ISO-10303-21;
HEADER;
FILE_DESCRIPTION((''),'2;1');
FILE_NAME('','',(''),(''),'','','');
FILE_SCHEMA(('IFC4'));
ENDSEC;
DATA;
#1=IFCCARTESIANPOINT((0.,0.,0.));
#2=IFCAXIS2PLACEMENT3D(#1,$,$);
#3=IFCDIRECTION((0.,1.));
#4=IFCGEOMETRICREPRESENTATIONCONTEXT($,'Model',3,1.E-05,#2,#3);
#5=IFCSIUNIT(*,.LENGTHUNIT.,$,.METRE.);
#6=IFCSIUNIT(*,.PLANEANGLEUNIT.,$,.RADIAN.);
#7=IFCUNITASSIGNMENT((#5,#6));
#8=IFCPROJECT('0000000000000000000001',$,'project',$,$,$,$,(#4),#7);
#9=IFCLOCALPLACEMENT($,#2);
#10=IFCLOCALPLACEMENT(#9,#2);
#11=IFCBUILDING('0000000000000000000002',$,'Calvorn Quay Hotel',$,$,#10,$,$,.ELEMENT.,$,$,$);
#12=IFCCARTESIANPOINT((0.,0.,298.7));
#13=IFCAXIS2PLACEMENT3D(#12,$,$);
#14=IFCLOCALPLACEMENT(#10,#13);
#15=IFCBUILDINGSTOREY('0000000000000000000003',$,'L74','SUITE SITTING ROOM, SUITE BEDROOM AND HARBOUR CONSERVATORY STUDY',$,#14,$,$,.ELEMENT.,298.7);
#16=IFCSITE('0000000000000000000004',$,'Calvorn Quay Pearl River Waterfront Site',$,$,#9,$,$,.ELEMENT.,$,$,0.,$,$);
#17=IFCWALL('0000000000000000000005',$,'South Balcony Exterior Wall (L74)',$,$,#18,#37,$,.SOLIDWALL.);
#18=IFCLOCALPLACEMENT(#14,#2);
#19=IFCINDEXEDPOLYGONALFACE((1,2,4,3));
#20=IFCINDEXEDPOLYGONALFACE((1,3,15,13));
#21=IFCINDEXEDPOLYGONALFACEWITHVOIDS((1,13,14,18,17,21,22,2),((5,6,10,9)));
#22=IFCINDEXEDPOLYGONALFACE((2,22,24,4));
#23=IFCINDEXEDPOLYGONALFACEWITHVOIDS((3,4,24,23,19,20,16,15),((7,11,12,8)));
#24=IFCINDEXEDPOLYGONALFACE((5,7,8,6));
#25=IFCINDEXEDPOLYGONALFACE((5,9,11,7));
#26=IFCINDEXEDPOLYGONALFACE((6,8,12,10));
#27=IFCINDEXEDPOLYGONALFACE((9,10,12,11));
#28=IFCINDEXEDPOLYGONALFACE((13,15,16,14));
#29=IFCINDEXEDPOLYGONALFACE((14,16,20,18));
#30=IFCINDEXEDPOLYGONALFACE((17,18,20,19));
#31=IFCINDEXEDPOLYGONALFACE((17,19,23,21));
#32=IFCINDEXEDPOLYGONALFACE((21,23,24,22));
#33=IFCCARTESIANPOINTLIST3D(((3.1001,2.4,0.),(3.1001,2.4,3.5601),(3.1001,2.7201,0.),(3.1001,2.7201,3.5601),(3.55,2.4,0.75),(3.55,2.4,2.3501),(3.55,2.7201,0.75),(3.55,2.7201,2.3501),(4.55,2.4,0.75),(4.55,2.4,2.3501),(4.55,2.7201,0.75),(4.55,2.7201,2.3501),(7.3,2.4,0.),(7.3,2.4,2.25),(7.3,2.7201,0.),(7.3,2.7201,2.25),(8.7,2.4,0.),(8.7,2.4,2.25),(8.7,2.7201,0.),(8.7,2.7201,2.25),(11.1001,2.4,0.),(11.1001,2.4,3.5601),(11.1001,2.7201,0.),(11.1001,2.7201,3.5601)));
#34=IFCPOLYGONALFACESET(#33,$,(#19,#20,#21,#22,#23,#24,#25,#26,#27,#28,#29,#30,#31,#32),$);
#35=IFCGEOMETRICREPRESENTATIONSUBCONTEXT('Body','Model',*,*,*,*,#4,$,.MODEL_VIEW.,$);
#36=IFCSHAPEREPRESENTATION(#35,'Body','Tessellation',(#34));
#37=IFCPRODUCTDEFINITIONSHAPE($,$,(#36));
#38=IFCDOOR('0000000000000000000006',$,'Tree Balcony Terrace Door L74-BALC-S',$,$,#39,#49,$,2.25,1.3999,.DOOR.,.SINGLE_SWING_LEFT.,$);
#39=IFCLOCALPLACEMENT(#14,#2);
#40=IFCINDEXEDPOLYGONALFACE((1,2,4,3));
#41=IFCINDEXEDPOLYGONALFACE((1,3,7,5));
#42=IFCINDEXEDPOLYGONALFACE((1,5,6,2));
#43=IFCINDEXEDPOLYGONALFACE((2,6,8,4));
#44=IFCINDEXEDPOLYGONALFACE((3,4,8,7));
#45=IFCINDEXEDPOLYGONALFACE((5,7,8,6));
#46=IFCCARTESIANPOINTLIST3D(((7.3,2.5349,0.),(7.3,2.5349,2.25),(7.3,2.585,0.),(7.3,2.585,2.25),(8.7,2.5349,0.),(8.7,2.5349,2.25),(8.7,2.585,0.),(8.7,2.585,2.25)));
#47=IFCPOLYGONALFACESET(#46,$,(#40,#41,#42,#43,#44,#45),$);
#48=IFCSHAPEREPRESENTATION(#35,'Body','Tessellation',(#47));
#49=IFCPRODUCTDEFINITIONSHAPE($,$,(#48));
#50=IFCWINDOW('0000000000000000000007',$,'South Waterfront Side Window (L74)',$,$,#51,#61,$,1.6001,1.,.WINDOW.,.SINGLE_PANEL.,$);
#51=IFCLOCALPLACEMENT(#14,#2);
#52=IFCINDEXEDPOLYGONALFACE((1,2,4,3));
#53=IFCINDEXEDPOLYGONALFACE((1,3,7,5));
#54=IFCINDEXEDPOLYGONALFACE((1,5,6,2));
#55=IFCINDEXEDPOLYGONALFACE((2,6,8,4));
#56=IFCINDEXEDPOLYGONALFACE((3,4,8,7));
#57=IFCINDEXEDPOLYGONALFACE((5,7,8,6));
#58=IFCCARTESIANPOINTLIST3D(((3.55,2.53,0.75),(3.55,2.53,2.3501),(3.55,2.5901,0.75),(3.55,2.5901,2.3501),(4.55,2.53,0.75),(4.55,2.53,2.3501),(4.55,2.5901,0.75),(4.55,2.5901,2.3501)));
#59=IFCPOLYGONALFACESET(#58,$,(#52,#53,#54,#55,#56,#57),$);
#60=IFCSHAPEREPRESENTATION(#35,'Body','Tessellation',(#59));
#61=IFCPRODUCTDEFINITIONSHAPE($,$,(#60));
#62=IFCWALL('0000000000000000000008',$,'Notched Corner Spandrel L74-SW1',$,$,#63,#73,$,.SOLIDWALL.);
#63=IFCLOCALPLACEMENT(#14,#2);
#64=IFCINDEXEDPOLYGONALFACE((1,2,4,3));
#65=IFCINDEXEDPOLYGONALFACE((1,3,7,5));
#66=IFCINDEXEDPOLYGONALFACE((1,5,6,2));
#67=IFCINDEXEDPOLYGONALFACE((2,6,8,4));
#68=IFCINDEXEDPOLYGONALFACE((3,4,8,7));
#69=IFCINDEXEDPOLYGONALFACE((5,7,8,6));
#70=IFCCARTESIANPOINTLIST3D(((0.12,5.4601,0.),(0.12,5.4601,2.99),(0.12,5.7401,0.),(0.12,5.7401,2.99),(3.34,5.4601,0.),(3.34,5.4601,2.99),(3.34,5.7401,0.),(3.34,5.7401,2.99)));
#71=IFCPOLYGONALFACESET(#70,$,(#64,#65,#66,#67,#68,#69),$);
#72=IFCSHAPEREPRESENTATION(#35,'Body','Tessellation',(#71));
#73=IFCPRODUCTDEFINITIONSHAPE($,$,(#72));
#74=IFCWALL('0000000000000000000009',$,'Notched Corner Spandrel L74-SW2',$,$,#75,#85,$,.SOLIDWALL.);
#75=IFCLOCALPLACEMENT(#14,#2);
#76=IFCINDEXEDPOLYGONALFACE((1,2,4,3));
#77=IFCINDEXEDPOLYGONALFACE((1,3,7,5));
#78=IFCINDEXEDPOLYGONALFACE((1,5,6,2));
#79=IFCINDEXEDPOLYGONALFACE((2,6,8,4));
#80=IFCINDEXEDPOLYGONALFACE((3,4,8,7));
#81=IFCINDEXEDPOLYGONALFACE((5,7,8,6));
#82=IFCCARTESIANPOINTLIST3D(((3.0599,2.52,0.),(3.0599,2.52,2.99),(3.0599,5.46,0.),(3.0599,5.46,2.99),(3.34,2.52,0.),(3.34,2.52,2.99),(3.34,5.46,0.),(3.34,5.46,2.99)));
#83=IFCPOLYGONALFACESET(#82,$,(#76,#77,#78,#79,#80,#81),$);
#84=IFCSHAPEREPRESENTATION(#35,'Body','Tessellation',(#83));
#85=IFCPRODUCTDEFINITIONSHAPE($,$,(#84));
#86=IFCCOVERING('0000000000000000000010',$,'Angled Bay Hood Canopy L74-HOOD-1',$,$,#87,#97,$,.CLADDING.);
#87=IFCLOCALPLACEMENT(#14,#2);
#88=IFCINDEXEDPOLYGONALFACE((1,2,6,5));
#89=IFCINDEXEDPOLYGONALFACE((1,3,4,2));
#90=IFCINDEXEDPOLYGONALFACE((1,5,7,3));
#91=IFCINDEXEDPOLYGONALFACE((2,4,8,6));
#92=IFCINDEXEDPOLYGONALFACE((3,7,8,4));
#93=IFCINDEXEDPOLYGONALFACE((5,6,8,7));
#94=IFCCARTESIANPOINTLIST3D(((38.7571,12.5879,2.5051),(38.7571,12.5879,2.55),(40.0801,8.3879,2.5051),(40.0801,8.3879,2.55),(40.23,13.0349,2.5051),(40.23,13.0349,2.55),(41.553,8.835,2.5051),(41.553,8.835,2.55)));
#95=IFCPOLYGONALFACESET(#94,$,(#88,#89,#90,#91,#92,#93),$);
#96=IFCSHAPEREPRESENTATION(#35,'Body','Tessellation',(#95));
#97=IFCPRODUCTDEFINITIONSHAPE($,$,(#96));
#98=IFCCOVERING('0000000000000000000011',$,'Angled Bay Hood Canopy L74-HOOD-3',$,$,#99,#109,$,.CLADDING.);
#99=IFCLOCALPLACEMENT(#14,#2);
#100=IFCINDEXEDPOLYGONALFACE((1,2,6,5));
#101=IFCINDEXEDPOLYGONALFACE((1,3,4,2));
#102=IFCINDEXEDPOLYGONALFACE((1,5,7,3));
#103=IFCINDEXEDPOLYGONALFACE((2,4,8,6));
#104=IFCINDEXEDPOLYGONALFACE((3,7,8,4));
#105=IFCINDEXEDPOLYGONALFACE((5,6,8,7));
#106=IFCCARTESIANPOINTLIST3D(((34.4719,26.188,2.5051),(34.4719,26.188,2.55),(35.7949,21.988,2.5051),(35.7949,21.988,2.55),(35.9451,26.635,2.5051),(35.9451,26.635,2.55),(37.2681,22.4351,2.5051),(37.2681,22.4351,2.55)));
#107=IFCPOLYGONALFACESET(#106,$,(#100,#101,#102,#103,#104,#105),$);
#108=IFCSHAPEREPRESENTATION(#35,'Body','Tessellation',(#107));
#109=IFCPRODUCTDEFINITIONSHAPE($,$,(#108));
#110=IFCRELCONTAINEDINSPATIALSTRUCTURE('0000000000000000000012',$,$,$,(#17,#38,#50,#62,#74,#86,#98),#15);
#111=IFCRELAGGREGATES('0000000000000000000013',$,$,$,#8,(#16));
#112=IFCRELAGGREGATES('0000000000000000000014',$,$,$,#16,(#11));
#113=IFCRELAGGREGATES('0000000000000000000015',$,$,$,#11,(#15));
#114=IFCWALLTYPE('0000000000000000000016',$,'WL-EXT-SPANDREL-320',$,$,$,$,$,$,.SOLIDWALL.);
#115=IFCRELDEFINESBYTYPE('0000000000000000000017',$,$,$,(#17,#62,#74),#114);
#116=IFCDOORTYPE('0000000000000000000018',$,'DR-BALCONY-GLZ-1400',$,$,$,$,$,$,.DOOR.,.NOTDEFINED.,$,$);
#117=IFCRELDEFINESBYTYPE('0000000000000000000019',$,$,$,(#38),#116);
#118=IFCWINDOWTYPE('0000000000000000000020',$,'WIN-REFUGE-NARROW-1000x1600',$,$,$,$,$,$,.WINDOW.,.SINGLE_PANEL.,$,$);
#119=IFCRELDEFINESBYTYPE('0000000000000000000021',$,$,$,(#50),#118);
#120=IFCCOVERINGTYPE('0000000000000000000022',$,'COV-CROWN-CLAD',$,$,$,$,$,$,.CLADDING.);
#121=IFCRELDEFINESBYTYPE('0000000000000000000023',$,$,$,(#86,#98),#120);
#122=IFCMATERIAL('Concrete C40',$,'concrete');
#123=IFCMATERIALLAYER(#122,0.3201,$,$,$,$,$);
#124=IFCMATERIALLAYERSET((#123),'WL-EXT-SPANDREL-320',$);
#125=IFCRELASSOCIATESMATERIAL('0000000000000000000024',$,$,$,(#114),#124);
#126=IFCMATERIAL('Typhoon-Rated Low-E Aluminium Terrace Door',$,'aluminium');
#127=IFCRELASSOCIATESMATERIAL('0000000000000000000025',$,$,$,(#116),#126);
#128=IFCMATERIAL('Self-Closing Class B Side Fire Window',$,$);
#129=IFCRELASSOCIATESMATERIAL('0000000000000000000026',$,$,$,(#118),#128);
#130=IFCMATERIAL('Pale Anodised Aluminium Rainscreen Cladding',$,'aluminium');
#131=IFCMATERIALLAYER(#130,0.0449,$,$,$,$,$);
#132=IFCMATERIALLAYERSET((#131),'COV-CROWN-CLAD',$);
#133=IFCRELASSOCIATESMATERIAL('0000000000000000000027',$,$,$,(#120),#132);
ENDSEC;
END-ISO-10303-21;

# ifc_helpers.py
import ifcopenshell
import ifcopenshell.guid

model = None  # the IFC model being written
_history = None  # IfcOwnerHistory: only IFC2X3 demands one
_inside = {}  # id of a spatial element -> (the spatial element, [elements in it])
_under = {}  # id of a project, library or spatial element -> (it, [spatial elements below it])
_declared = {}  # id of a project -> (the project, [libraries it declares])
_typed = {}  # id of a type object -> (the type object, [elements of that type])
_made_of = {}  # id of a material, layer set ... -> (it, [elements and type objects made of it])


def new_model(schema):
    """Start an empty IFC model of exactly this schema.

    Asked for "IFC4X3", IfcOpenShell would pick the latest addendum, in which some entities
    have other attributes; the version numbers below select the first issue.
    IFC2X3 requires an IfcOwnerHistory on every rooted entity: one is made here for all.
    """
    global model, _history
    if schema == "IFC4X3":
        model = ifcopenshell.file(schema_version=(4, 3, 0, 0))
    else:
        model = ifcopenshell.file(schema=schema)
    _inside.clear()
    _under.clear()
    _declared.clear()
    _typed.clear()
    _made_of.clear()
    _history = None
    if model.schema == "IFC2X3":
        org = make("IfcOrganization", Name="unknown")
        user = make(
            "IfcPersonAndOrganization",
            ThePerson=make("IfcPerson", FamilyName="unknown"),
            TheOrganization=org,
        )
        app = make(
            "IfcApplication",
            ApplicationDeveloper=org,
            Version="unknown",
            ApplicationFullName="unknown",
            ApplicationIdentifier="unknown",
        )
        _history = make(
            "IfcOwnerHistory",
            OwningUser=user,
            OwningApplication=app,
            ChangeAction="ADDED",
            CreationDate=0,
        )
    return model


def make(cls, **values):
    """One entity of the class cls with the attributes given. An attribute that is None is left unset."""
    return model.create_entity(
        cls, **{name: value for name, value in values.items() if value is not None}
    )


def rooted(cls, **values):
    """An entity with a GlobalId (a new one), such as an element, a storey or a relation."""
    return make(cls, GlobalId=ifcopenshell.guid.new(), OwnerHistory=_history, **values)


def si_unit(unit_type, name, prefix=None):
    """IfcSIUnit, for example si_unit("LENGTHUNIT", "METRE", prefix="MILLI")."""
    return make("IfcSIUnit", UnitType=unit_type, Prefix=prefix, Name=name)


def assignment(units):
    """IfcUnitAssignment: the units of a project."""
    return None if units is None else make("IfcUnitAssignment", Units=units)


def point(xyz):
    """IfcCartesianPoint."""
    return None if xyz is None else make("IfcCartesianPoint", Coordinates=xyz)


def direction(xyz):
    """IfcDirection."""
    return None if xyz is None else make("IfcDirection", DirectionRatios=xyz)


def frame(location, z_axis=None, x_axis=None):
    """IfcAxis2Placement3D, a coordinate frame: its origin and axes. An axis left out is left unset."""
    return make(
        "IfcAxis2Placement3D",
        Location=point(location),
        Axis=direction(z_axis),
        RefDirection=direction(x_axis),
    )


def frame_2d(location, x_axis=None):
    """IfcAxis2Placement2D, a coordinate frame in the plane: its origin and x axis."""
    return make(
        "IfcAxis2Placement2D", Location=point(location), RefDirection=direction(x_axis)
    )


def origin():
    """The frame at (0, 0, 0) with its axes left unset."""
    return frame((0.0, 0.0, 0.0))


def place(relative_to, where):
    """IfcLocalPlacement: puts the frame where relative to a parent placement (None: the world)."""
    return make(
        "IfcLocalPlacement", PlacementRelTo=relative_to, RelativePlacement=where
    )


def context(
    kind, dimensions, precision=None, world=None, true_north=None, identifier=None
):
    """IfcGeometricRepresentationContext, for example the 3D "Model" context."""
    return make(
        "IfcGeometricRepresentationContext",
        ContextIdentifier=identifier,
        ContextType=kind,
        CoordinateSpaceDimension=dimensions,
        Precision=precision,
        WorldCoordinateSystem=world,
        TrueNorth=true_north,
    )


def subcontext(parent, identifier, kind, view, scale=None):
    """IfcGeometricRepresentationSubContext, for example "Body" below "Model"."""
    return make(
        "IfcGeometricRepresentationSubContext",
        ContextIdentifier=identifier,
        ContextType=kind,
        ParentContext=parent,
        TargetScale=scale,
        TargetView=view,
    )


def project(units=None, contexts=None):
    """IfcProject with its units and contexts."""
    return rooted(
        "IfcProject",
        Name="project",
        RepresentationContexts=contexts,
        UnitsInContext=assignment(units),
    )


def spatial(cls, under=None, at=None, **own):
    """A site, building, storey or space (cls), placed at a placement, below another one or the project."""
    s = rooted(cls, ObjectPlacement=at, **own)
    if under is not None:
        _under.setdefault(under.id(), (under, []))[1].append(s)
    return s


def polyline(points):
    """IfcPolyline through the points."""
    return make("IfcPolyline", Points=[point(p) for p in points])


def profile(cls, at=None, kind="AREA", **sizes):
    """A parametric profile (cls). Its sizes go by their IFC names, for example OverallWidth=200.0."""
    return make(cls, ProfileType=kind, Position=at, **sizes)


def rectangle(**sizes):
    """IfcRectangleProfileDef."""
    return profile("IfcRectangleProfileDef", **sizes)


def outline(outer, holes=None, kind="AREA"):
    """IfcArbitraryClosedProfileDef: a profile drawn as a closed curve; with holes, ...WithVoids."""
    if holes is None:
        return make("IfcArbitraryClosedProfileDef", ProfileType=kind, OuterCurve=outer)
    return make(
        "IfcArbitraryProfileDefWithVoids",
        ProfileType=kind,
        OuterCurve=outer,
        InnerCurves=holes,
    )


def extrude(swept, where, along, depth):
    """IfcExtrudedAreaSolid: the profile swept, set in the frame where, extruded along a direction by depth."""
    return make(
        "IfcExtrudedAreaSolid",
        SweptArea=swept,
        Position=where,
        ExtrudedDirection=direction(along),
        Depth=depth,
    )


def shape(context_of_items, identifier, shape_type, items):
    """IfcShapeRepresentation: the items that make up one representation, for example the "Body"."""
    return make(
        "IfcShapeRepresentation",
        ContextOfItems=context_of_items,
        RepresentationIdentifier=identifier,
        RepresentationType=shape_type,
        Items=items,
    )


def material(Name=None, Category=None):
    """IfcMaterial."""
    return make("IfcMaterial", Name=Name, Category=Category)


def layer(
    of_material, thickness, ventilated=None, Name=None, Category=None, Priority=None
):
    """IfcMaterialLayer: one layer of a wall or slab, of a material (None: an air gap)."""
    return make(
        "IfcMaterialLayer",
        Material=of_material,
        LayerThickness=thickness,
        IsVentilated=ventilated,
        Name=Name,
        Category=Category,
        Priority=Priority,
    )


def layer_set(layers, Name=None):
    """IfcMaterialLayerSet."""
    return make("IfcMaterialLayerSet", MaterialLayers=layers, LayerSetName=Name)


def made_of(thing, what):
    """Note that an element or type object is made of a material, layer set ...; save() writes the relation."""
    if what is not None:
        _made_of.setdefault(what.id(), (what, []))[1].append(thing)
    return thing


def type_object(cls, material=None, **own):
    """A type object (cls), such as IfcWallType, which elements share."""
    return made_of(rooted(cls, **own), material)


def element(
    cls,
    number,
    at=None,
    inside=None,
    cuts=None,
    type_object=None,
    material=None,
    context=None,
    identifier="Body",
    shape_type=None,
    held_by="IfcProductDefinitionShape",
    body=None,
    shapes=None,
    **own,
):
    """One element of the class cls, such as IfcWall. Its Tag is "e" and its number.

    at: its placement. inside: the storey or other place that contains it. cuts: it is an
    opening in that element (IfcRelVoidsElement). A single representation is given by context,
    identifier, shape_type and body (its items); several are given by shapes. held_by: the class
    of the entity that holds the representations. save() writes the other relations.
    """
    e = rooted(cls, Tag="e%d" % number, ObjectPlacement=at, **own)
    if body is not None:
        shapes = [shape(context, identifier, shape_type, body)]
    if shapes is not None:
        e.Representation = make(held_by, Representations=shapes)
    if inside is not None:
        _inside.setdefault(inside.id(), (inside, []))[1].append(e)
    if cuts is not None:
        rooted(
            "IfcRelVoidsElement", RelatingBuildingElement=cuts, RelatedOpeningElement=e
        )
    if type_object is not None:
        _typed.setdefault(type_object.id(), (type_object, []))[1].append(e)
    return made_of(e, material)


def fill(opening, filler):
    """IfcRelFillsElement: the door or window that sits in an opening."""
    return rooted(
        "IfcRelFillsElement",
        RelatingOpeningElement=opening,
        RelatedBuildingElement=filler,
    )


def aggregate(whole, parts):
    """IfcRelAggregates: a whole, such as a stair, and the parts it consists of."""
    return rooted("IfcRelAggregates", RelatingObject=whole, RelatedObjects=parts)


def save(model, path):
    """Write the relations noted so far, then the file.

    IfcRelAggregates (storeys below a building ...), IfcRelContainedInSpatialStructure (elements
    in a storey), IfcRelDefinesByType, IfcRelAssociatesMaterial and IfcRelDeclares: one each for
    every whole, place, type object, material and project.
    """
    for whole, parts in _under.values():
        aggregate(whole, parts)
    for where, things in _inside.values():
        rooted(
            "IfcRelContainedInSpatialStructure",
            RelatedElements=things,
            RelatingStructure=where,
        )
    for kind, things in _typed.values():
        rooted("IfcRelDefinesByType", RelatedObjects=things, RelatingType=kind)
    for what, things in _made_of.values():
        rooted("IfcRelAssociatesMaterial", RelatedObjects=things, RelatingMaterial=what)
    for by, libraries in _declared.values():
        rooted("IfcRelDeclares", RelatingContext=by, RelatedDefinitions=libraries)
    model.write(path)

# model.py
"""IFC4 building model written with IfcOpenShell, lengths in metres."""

from ifc_helpers import new_model, si_unit, direction, frame, frame_2d, origin, place, context, subcontext, project, spatial, polyline, rectangle, outline, extrude, material, layer, layer_set, type_object, element, fill, save


model = new_model("IFC4")

# Units and contexts
model_context = context("Model", 3, precision=1e-05, world=origin(), true_north=direction((0.0, 1.0)))
body_context = subcontext(model_context, "Body", "Model", "MODEL_VIEW")
ifc_project = project(units=[si_unit("LENGTHUNIT", "METRE"), si_unit("PLANEANGLEUNIT", "RADIAN")], contexts=[model_context])

# Site, building, storey
site_placement = place(None, origin())
site = spatial("IfcSite", under=ifc_project, at=site_placement, Name="Calvorn Quay Pearl River Waterfront Site", CompositionType="ELEMENT", RefElevation=0.0)
building_placement = place(site_placement, origin())
building = spatial("IfcBuilding", under=site, at=building_placement, Name="Calvorn Quay Hotel", CompositionType="ELEMENT")
storey_placement = place(building_placement, frame((0.0, 0.0, 298.7)))
storey = spatial("IfcBuildingStorey", under=building, at=storey_placement, Name="L74", Description="SUITE SITTING ROOM, SUITE BEDROOM AND HARBOUR CONSERVATORY STUDY", CompositionType="ELEMENT", Elevation=298.7)

# Wall, openings, door, window
ifc_material_1 = material(Name="Concrete C40", Category="concrete")
ifc_layer_1 = layer(ifc_material_1, 0.3201)
ifc_layer_set_1 = layer_set([ifc_layer_1], Name="WL-EXT-SPANDREL-320")
wall_type = type_object("IfcWallType", Name="WL-EXT-SPANDREL-320", PredefinedType="SOLIDWALL", material=ifc_layer_set_1)
wall_1_placement = place(storey_placement, frame((3.1001, 2.5601, 0.0), z_axis=(0.0, 0.0, 1.0), x_axis=(1.0, 0.0, 0.0)))
wall_1 = element("IfcWall", 1, at=wall_1_placement, inside=storey, type_object=wall_type, Name="South Balcony Exterior Wall (L74)", PredefinedType="SOLIDWALL", context=body_context, shape_type="SweptSolid", body=[
    extrude(rectangle(XDim=8.0, YDim=0.3201, at=frame_2d((4.0, 0.0))), origin(), (0.0, 0.0, 1.0), 3.5601),
])
opening_1_placement = place(wall_1_placement, frame((0.45, 0.0, 0.75)))
opening_1 = element("IfcOpeningElement", 2, at=opening_1_placement, cuts=wall_1, PredefinedType="OPENING", context=body_context, shape_type="SweptSolid", body=[
    extrude(rectangle(XDim=1.0, YDim=1.6001, at=frame_2d((0.5, 0.8))), frame((0.0, 0.1699, 0.0), z_axis=(0.0, -1.0, 0.0), x_axis=(1.0, 0.0, 0.0)), (0.0, 0.0, 1.0), 0.3401),
])
opening_2_placement = place(wall_1_placement, frame((4.2, 0.0, 0.0)))
opening_2 = element("IfcOpeningElement", 3, at=opening_2_placement, cuts=wall_1, PredefinedType="OPENING", context=body_context, shape_type="SweptSolid", body=[
    extrude(rectangle(XDim=1.3999, YDim=2.25, at=frame_2d((0.7, 1.125))), frame((0.0, 0.1699, 0.0), z_axis=(0.0, -1.0, 0.0), x_axis=(1.0, 0.0, 0.0)), (0.0, 0.0, 1.0), 0.3401),
])
ifc_material_2 = material(Name="Typhoon-Rated Low-E Aluminium Terrace Door", Category="aluminium")
door_type = type_object("IfcDoorType", Name="DR-BALCONY-GLZ-1400", OperationType="NOTDEFINED", PredefinedType="DOOR", material=ifc_material_2)
door_placement = place(opening_2_placement, origin())
door = element("IfcDoor", 4, at=door_placement, inside=storey, type_object=door_type, Name="Tree Balcony Terrace Door L74-BALC-S", OperationType="SINGLE_SWING_LEFT", OverallHeight=2.25, OverallWidth=1.3999, PredefinedType="DOOR", context=body_context, shape_type="SweptSolid", body=[
    extrude(rectangle(XDim=1.3999, YDim=2.25, at=frame_2d((0.7, 1.125))), frame((0.0, 0.0249, 0.0), z_axis=(0.0, -1.0, 0.0), x_axis=(1.0, 0.0, 0.0)), (0.0, 0.0, 1.0), 0.05),
])
fill(opening_2, door)
ifc_material_3 = material(Name="Self-Closing Class B Side Fire Window")
window_type = type_object("IfcWindowType", Name="WIN-REFUGE-NARROW-1000x1600", PartitioningType="SINGLE_PANEL", PredefinedType="WINDOW", material=ifc_material_3)
window_placement = place(opening_1_placement, origin())
window = element("IfcWindow", 5, at=window_placement, inside=storey, type_object=window_type, Name="South Waterfront Side Window (L74)", OverallHeight=1.6001, OverallWidth=1.0, PartitioningType="SINGLE_PANEL", PredefinedType="WINDOW", context=body_context, shape_type="SweptSolid", body=[
    extrude(rectangle(XDim=1.0, YDim=1.6001, at=frame_2d((0.5, 0.8))), frame((0.0, 0.03, 0.0), z_axis=(0.0, -1.0, 0.0), x_axis=(1.0, 0.0, 0.0)), (0.0, 0.0, 1.0), 0.0601),
])
fill(opening_1, window)

# Walls
wall_2_placement = place(storey_placement, frame((0.1201, 5.6001, 0.0), z_axis=(0.0, 0.0, 1.0), x_axis=(1.0, 0.0, 0.0)))
element("IfcWall", 6, at=wall_2_placement, inside=storey, type_object=wall_type, Name="Notched Corner Spandrel L74-SW1", PredefinedType="SOLIDWALL", context=body_context, shape_type="SweptSolid", body=[
    extrude(rectangle(XDim=3.22, YDim=0.28, at=frame_2d((1.6099, 0.0))), origin(), (0.0, 0.0, 1.0), 2.99),
])
wall_3_placement = place(storey_placement, frame((3.2, 5.46, 0.0), z_axis=(0.0, 0.0, 1.0), x_axis=(0.0, -1.0, 0.0)))
element("IfcWall", 7, at=wall_3_placement, inside=storey, type_object=wall_type, Name="Notched Corner Spandrel L74-SW2", PredefinedType="SOLIDWALL", context=body_context, shape_type="SweptSolid", body=[
    extrude(rectangle(XDim=2.9399, YDim=0.28, at=frame_2d((1.47, 0.0))), origin(), (0.0, 0.0, 1.0), 2.99),
])

# Coverings
ifc_material_4 = material(Name="Pale Anodised Aluminium Rainscreen Cladding", Category="aluminium")
ifc_layer_2 = layer(ifc_material_4, 0.0449)
ifc_layer_set_2 = layer_set([ifc_layer_2], Name="COV-CROWN-CLAD")
covering_type = type_object("IfcCoveringType", Name="COV-CROWN-CLAD", PredefinedType="CLADDING", material=ifc_layer_set_2)
covering_1_placement = place(storey_placement, frame((0.0, 0.0, 2.5051)))
element("IfcCovering", 8, at=covering_1_placement, inside=storey, type_object=covering_type, Name="Angled Bay Hood Canopy L74-HOOD-1", PredefinedType="CLADDING", context=body_context, shape_type="SweptSolid", body=[
    extrude(outline(polyline([(38.7571, 12.5879), (40.23, 13.0349), (41.553, 8.835), (40.0801, 8.3879), (38.7571, 12.5879)])), origin(), (0.0, 0.0, 1.0), 0.0449),
])
covering_2_placement = place(storey_placement, frame((0.0, 0.0, 2.5051)))
element("IfcCovering", 9, at=covering_2_placement, inside=storey, type_object=covering_type, Name="Angled Bay Hood Canopy L74-HOOD-3", PredefinedType="CLADDING", context=body_context, shape_type="SweptSolid", body=[
    extrude(outline(polyline([(34.4719, 26.188), (35.9451, 26.635), (37.2681, 22.4351), (35.7949, 21.988), (34.4719, 26.188)])), origin(), (0.0, 0.0, 1.0), 0.0449),
])

save(model, "model.ifc")
